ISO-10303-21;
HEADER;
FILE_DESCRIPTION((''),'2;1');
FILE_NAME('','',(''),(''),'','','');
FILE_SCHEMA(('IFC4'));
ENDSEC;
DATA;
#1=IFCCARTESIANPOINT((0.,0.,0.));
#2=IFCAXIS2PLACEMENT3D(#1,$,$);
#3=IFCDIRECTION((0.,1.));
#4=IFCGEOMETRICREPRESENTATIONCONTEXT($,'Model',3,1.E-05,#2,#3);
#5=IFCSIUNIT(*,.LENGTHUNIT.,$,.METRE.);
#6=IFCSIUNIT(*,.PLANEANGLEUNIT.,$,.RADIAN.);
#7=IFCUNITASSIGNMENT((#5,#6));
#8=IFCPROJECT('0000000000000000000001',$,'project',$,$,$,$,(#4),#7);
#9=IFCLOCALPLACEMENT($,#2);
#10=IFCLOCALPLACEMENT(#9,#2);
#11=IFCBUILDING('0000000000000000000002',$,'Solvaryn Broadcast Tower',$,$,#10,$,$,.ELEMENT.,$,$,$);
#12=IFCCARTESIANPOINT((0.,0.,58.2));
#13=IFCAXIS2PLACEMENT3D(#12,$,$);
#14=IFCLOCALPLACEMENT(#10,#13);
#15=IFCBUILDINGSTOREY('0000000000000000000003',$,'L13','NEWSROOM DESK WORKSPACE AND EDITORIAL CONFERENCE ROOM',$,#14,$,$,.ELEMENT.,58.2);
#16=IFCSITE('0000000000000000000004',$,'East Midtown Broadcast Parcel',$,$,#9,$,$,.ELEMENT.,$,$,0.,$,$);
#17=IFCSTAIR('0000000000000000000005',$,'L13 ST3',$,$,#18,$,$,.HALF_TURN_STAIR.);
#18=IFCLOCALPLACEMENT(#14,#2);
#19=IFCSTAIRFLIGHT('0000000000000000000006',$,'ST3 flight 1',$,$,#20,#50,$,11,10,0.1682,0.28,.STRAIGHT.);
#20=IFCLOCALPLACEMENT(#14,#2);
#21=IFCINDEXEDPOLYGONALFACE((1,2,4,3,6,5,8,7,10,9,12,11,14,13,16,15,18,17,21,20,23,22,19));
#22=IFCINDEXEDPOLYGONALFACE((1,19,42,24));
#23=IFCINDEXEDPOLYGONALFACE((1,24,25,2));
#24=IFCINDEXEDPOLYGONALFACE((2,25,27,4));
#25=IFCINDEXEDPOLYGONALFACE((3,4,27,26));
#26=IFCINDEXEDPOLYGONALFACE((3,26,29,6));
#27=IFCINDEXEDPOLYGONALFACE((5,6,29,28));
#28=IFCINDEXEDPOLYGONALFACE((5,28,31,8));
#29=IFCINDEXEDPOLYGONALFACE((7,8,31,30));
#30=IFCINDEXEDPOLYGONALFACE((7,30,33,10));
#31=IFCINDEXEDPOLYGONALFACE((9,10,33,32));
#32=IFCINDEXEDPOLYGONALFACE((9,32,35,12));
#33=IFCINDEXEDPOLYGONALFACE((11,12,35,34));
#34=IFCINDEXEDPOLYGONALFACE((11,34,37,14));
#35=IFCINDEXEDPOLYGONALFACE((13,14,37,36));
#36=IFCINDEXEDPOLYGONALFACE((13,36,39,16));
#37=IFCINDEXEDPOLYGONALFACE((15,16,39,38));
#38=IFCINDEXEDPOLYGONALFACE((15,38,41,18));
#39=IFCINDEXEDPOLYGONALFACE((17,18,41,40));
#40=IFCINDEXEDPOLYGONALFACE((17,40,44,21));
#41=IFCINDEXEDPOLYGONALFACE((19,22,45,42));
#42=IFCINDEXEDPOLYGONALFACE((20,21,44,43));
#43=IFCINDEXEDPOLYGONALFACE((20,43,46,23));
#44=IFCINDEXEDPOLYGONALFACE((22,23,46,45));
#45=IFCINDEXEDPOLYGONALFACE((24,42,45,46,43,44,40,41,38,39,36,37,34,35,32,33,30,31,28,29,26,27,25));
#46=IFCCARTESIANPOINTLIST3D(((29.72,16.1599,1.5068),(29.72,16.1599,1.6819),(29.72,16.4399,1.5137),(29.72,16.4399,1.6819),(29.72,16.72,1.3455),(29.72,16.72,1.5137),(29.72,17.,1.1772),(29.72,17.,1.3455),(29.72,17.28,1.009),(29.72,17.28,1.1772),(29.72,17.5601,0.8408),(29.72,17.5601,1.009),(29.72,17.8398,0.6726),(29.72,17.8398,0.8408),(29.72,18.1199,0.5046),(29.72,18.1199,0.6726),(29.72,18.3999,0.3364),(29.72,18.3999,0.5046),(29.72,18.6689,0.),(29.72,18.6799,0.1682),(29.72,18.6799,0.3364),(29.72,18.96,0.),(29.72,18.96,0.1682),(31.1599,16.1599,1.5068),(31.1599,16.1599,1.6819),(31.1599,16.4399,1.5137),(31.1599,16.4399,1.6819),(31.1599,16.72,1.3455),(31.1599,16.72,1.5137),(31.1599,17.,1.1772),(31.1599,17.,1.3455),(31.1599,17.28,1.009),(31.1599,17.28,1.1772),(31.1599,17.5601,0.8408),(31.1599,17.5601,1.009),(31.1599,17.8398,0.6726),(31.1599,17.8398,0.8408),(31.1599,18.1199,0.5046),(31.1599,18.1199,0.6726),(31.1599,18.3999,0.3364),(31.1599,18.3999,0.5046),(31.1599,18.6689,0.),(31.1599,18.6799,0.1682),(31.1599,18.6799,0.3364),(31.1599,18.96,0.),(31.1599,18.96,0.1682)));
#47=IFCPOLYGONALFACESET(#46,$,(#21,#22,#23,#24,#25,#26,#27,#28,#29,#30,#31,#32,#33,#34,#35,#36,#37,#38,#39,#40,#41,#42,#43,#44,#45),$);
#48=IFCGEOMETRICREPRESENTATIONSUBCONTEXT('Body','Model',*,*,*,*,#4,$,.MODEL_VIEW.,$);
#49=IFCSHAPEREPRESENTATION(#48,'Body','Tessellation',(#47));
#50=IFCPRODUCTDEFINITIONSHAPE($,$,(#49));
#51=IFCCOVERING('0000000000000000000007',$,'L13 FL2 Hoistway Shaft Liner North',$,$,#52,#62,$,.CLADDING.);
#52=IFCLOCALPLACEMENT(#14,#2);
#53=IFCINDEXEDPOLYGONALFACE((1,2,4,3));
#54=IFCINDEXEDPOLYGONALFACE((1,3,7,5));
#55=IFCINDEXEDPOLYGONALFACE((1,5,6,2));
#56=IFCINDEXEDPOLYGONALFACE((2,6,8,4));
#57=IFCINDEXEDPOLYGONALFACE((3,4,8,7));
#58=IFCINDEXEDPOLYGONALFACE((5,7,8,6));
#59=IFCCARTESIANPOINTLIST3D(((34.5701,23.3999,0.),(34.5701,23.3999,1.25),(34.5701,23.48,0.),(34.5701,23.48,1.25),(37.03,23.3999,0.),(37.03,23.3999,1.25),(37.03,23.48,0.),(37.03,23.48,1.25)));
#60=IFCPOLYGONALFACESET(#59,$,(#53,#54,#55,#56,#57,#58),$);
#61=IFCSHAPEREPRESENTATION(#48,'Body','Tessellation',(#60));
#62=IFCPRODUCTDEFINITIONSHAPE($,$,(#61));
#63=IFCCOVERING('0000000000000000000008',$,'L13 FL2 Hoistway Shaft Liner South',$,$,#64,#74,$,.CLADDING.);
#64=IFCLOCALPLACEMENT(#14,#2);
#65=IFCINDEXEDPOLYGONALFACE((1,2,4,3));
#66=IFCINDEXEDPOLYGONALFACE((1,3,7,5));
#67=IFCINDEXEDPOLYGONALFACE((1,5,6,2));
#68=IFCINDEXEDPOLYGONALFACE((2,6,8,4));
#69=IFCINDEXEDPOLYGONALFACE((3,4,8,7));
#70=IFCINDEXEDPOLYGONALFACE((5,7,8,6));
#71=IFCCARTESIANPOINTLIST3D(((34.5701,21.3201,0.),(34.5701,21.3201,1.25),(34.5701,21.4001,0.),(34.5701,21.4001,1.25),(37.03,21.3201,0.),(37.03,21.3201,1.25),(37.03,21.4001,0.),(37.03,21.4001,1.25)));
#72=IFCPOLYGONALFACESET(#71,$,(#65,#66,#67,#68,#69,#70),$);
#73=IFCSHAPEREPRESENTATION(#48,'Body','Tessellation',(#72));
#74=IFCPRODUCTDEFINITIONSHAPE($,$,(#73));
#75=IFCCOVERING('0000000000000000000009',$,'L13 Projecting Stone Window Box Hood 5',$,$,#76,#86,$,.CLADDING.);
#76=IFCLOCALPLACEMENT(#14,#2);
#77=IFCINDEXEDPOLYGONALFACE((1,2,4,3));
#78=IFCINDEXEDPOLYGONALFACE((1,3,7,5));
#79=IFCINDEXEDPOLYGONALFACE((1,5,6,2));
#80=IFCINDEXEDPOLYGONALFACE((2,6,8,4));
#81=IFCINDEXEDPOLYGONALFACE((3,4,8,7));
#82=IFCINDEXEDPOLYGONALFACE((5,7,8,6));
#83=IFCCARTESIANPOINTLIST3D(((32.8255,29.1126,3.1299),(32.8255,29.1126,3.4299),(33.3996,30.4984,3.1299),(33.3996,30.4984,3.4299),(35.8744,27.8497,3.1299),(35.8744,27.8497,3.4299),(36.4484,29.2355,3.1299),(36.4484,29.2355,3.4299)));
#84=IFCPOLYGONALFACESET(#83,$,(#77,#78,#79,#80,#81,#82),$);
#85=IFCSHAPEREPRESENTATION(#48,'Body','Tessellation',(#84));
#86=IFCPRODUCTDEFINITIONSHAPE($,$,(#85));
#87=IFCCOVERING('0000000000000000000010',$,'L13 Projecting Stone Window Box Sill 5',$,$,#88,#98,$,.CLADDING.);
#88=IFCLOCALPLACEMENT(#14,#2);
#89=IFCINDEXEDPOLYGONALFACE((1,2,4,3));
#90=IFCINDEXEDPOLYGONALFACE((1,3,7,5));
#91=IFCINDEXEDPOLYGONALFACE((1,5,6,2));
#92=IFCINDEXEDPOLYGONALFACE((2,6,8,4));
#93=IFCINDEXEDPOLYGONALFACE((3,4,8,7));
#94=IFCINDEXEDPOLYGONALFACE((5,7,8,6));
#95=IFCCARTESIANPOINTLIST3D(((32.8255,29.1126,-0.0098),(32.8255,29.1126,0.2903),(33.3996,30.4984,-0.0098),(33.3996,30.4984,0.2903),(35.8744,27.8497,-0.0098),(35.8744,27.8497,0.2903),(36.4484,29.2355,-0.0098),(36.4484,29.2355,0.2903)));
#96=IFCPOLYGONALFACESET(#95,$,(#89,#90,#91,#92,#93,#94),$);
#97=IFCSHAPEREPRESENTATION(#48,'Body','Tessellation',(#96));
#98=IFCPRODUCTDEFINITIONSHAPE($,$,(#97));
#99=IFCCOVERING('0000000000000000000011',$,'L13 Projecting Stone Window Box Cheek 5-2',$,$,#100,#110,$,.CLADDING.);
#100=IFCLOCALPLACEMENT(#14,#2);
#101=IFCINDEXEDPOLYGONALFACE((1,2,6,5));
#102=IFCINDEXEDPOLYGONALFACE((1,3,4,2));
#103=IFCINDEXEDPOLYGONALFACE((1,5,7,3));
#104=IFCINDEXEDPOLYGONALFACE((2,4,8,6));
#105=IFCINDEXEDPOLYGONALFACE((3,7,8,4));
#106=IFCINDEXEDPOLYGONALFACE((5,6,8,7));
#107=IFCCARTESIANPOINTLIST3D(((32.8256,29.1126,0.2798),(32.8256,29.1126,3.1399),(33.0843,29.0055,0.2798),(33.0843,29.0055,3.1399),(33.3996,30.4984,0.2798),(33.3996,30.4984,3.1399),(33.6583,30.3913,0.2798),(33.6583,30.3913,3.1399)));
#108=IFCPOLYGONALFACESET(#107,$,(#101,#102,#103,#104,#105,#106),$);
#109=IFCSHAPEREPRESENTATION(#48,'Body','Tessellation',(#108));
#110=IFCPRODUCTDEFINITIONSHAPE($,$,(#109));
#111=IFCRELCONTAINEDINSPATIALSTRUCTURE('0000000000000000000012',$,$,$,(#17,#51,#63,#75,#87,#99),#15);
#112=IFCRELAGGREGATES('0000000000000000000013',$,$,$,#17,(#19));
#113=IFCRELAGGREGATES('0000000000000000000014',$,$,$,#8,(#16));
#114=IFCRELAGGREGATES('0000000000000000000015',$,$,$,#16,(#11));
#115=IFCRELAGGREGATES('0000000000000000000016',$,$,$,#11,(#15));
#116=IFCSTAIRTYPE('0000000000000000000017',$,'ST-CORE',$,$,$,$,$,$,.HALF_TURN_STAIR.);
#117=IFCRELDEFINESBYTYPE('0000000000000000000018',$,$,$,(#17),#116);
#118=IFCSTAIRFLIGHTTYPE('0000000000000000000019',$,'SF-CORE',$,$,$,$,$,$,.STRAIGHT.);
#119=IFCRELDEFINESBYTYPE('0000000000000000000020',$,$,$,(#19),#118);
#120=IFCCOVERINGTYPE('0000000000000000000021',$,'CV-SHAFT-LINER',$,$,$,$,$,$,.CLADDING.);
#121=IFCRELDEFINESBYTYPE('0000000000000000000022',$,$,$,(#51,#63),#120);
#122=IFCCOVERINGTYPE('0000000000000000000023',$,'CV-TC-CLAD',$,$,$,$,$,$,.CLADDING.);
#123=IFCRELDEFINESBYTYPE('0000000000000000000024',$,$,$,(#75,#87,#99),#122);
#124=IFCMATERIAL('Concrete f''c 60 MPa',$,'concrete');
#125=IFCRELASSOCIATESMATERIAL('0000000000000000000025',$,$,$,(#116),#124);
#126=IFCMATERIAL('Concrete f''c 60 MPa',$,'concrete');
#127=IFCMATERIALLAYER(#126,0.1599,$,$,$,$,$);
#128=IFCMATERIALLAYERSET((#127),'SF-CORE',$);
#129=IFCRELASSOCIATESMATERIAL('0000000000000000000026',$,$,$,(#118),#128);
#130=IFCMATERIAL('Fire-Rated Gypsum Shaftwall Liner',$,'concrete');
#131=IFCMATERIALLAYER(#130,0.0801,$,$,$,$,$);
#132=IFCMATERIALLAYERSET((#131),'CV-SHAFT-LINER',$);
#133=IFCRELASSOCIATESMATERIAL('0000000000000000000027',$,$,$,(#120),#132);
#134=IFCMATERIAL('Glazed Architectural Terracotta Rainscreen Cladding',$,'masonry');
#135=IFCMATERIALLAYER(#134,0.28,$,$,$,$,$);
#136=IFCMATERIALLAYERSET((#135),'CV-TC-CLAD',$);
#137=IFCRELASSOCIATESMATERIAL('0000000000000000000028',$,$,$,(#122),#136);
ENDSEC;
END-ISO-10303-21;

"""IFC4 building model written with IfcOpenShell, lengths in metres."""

from ifc_helpers import new_model, si_unit, direction, frame, origin, origin_2d, place, context, subcontext, project, spatial, polyline, rectangle, outline, extrude, material, layer, layer_set, type_object, element, aggregate, save


model = new_model("IFC4")

# Units and contexts
model_context = context("Model", 3, precision=1e-05, world=origin(), true_north=direction((0.0, 1.0)))
body_context = subcontext(model_context, "Body", "Model", "MODEL_VIEW")
ifc_project = project(units=[si_unit("LENGTHUNIT", "METRE"), si_unit("PLANEANGLEUNIT", "RADIAN")], contexts=[model_context])

# Site, building, storey
site_placement = place(None, origin())
site = spatial("IfcSite", under=ifc_project, at=site_placement, Name="East Midtown Broadcast Parcel", CompositionType="ELEMENT", RefElevation=0.0)
building_placement = place(site_placement, origin())
building = spatial("IfcBuilding", under=site, at=building_placement, Name="Solvaryn Broadcast Tower", CompositionType="ELEMENT")
storey_placement = place(building_placement, frame((0.0, 0.0, 58.2)))
storey = spatial("IfcBuildingStorey", under=building, at=storey_placement, Name="L13", Description="NEWSROOM DESK WORKSPACE AND EDITORIAL CONFERENCE ROOM", CompositionType="ELEMENT", Elevation=58.2)

# Stair, stair flight
ifc_material_1 = material(Name="Concrete f'c 60 MPa", Category="concrete")
stair_type = type_object("IfcStairType", Name="ST-CORE", PredefinedType="HALF_TURN_STAIR", material=ifc_material_1)
stair_placement = place(storey_placement, origin())
stair = element("IfcStair", 1, at=stair_placement, inside=storey, type_object=stair_type, Name="L13 ST3", PredefinedType="HALF_TURN_STAIR")
ifc_material_2 = material(Name="Concrete f'c 60 MPa", Category="concrete")
ifc_layer_1 = layer(ifc_material_2, 0.1599)
ifc_layer_set_1 = layer_set([ifc_layer_1], Name="SF-CORE")
stair_flight_type = type_object("IfcStairFlightType", Name="SF-CORE", PredefinedType="STRAIGHT", material=ifc_layer_set_1)
stair_flight_placement = place(storey_placement, frame((30.4399, 18.96, 0.0), z_axis=(0.0, 0.0, 1.0), x_axis=(0.0, -1.0, 0.0)))
stair_flight = element("IfcStairFlight", 2, at=stair_flight_placement, type_object=stair_flight_type, Name="ST3 flight 1", NumberOfRisers=11, NumberOfTreads=10, PredefinedType="STRAIGHT", RiserHeight=0.1682, TreadLength=0.28, context=body_context, shape_type="SweptSolid", body=[
    extrude(outline(polyline([(0.0, 0.0), (0.0, 0.1682), (0.28, 0.1682), (0.28, 0.3364), (0.5601, 0.3364), (0.5601, 0.5046), (0.8401, 0.5046), (0.8401, 0.6726), (1.1201, 0.6726), (1.1201, 0.8408), (1.3999, 0.8408), (1.3999, 1.009), (1.6799, 1.009), (1.6799, 1.1772), (1.96, 1.1772), (1.96, 1.3455), (2.24, 1.3455), (2.24, 1.5137), (2.52, 1.5137), (2.52, 1.6819), (2.8, 1.6819), (2.8, 1.8501), (2.8, 1.5068), (0.291, 0.0), (0.0, 0.0)])), frame((0.0, 0.72, 0.0), z_axis=(0.0, -1.0, 0.0), x_axis=(1.0, 0.0, 0.0)), (0.0, 0.0, 1.0), 1.4399),
])
aggregate(stair, [stair_flight])

# Coverings
ifc_material_3 = material(Name="Fire-Rated Gypsum Shaftwall Liner", Category="concrete")
ifc_layer_2 = layer(ifc_material_3, 0.0801)
ifc_layer_set_2 = layer_set([ifc_layer_2], Name="CV-SHAFT-LINER")
covering_type_1 = type_object("IfcCoveringType", Name="CV-SHAFT-LINER", PredefinedType="CLADDING", material=ifc_layer_set_2)
for number, where, z_axis, x_axis, name in (
    (3, (35.8, 23.4399, 0.0), (0.0, 0.0, 1.0), (1.0, 0.0, 0.0), "L13 FL2 Hoistway Shaft Liner North"),
    (4, (35.8, 21.3601, 0.0), (0.0, 0.0, 1.0), (1.0, 0.0, 0.0), "L13 FL2 Hoistway Shaft Liner South"),
):
    element("IfcCovering", number, at=place(storey_placement, frame(where, z_axis=z_axis, x_axis=x_axis)), inside=storey, type_object=covering_type_1, Name=name, PredefinedType="CLADDING", context=body_context, shape_type="SweptSolid", body=[
        extrude(rectangle(XDim=2.46, YDim=0.0801, at=origin_2d()), origin(), (0.0, 0.0, 1.0), 1.25),
    ])
ifc_material_4 = material(Name="Glazed Architectural Terracotta Rainscreen Cladding", Category="masonry")
ifc_layer_3 = layer(ifc_material_4, 0.28)
ifc_layer_set_3 = layer_set([ifc_layer_3], Name="CV-TC-CLAD")
covering_type_2 = type_object("IfcCoveringType", Name="CV-TC-CLAD", PredefinedType="CLADDING", material=ifc_layer_set_3)
for number, where, z_axis, x_axis, name in (
    (5, (34.637, 29.1741, 3.1299), (0.0, 0.0, 1.0), (-0.92388, 0.382683, 0.0), "L13 Projecting Stone Window Box Hood 5"),
    (6, (34.637, 29.1741, -0.0098), (0.0, 0.0, 1.0), (-0.92388, 0.382683, 0.0), "L13 Projecting Stone Window Box Sill 5"),
):
    element("IfcCovering", number, at=place(storey_placement, frame(where, z_axis=z_axis, x_axis=x_axis)), inside=storey, type_object=covering_type_2, Name=name, PredefinedType="CLADDING", context=body_context, shape_type="SweptSolid", body=[
        extrude(rectangle(XDim=3.3, YDim=1.5, at=origin_2d()), origin(), (0.0, 0.0, 1.0), 0.3),
    ])
covering_placement = place(storey_placement, frame((33.2419, 29.752, 0.2798), z_axis=(0.0, 0.0, 1.0), x_axis=(-0.92388, 0.382683, 0.0)))
element("IfcCovering", 7, at=covering_placement, inside=storey, type_object=covering_type_2, Name="L13 Projecting Stone Window Box Cheek 5-2", PredefinedType="CLADDING", context=body_context, shape_type="SweptSolid", body=[
    extrude(rectangle(XDim=0.28, YDim=1.5, at=origin_2d()), origin(), (0.0, 0.0, 1.0), 2.8601),
])

save(model, "model.ifc")
